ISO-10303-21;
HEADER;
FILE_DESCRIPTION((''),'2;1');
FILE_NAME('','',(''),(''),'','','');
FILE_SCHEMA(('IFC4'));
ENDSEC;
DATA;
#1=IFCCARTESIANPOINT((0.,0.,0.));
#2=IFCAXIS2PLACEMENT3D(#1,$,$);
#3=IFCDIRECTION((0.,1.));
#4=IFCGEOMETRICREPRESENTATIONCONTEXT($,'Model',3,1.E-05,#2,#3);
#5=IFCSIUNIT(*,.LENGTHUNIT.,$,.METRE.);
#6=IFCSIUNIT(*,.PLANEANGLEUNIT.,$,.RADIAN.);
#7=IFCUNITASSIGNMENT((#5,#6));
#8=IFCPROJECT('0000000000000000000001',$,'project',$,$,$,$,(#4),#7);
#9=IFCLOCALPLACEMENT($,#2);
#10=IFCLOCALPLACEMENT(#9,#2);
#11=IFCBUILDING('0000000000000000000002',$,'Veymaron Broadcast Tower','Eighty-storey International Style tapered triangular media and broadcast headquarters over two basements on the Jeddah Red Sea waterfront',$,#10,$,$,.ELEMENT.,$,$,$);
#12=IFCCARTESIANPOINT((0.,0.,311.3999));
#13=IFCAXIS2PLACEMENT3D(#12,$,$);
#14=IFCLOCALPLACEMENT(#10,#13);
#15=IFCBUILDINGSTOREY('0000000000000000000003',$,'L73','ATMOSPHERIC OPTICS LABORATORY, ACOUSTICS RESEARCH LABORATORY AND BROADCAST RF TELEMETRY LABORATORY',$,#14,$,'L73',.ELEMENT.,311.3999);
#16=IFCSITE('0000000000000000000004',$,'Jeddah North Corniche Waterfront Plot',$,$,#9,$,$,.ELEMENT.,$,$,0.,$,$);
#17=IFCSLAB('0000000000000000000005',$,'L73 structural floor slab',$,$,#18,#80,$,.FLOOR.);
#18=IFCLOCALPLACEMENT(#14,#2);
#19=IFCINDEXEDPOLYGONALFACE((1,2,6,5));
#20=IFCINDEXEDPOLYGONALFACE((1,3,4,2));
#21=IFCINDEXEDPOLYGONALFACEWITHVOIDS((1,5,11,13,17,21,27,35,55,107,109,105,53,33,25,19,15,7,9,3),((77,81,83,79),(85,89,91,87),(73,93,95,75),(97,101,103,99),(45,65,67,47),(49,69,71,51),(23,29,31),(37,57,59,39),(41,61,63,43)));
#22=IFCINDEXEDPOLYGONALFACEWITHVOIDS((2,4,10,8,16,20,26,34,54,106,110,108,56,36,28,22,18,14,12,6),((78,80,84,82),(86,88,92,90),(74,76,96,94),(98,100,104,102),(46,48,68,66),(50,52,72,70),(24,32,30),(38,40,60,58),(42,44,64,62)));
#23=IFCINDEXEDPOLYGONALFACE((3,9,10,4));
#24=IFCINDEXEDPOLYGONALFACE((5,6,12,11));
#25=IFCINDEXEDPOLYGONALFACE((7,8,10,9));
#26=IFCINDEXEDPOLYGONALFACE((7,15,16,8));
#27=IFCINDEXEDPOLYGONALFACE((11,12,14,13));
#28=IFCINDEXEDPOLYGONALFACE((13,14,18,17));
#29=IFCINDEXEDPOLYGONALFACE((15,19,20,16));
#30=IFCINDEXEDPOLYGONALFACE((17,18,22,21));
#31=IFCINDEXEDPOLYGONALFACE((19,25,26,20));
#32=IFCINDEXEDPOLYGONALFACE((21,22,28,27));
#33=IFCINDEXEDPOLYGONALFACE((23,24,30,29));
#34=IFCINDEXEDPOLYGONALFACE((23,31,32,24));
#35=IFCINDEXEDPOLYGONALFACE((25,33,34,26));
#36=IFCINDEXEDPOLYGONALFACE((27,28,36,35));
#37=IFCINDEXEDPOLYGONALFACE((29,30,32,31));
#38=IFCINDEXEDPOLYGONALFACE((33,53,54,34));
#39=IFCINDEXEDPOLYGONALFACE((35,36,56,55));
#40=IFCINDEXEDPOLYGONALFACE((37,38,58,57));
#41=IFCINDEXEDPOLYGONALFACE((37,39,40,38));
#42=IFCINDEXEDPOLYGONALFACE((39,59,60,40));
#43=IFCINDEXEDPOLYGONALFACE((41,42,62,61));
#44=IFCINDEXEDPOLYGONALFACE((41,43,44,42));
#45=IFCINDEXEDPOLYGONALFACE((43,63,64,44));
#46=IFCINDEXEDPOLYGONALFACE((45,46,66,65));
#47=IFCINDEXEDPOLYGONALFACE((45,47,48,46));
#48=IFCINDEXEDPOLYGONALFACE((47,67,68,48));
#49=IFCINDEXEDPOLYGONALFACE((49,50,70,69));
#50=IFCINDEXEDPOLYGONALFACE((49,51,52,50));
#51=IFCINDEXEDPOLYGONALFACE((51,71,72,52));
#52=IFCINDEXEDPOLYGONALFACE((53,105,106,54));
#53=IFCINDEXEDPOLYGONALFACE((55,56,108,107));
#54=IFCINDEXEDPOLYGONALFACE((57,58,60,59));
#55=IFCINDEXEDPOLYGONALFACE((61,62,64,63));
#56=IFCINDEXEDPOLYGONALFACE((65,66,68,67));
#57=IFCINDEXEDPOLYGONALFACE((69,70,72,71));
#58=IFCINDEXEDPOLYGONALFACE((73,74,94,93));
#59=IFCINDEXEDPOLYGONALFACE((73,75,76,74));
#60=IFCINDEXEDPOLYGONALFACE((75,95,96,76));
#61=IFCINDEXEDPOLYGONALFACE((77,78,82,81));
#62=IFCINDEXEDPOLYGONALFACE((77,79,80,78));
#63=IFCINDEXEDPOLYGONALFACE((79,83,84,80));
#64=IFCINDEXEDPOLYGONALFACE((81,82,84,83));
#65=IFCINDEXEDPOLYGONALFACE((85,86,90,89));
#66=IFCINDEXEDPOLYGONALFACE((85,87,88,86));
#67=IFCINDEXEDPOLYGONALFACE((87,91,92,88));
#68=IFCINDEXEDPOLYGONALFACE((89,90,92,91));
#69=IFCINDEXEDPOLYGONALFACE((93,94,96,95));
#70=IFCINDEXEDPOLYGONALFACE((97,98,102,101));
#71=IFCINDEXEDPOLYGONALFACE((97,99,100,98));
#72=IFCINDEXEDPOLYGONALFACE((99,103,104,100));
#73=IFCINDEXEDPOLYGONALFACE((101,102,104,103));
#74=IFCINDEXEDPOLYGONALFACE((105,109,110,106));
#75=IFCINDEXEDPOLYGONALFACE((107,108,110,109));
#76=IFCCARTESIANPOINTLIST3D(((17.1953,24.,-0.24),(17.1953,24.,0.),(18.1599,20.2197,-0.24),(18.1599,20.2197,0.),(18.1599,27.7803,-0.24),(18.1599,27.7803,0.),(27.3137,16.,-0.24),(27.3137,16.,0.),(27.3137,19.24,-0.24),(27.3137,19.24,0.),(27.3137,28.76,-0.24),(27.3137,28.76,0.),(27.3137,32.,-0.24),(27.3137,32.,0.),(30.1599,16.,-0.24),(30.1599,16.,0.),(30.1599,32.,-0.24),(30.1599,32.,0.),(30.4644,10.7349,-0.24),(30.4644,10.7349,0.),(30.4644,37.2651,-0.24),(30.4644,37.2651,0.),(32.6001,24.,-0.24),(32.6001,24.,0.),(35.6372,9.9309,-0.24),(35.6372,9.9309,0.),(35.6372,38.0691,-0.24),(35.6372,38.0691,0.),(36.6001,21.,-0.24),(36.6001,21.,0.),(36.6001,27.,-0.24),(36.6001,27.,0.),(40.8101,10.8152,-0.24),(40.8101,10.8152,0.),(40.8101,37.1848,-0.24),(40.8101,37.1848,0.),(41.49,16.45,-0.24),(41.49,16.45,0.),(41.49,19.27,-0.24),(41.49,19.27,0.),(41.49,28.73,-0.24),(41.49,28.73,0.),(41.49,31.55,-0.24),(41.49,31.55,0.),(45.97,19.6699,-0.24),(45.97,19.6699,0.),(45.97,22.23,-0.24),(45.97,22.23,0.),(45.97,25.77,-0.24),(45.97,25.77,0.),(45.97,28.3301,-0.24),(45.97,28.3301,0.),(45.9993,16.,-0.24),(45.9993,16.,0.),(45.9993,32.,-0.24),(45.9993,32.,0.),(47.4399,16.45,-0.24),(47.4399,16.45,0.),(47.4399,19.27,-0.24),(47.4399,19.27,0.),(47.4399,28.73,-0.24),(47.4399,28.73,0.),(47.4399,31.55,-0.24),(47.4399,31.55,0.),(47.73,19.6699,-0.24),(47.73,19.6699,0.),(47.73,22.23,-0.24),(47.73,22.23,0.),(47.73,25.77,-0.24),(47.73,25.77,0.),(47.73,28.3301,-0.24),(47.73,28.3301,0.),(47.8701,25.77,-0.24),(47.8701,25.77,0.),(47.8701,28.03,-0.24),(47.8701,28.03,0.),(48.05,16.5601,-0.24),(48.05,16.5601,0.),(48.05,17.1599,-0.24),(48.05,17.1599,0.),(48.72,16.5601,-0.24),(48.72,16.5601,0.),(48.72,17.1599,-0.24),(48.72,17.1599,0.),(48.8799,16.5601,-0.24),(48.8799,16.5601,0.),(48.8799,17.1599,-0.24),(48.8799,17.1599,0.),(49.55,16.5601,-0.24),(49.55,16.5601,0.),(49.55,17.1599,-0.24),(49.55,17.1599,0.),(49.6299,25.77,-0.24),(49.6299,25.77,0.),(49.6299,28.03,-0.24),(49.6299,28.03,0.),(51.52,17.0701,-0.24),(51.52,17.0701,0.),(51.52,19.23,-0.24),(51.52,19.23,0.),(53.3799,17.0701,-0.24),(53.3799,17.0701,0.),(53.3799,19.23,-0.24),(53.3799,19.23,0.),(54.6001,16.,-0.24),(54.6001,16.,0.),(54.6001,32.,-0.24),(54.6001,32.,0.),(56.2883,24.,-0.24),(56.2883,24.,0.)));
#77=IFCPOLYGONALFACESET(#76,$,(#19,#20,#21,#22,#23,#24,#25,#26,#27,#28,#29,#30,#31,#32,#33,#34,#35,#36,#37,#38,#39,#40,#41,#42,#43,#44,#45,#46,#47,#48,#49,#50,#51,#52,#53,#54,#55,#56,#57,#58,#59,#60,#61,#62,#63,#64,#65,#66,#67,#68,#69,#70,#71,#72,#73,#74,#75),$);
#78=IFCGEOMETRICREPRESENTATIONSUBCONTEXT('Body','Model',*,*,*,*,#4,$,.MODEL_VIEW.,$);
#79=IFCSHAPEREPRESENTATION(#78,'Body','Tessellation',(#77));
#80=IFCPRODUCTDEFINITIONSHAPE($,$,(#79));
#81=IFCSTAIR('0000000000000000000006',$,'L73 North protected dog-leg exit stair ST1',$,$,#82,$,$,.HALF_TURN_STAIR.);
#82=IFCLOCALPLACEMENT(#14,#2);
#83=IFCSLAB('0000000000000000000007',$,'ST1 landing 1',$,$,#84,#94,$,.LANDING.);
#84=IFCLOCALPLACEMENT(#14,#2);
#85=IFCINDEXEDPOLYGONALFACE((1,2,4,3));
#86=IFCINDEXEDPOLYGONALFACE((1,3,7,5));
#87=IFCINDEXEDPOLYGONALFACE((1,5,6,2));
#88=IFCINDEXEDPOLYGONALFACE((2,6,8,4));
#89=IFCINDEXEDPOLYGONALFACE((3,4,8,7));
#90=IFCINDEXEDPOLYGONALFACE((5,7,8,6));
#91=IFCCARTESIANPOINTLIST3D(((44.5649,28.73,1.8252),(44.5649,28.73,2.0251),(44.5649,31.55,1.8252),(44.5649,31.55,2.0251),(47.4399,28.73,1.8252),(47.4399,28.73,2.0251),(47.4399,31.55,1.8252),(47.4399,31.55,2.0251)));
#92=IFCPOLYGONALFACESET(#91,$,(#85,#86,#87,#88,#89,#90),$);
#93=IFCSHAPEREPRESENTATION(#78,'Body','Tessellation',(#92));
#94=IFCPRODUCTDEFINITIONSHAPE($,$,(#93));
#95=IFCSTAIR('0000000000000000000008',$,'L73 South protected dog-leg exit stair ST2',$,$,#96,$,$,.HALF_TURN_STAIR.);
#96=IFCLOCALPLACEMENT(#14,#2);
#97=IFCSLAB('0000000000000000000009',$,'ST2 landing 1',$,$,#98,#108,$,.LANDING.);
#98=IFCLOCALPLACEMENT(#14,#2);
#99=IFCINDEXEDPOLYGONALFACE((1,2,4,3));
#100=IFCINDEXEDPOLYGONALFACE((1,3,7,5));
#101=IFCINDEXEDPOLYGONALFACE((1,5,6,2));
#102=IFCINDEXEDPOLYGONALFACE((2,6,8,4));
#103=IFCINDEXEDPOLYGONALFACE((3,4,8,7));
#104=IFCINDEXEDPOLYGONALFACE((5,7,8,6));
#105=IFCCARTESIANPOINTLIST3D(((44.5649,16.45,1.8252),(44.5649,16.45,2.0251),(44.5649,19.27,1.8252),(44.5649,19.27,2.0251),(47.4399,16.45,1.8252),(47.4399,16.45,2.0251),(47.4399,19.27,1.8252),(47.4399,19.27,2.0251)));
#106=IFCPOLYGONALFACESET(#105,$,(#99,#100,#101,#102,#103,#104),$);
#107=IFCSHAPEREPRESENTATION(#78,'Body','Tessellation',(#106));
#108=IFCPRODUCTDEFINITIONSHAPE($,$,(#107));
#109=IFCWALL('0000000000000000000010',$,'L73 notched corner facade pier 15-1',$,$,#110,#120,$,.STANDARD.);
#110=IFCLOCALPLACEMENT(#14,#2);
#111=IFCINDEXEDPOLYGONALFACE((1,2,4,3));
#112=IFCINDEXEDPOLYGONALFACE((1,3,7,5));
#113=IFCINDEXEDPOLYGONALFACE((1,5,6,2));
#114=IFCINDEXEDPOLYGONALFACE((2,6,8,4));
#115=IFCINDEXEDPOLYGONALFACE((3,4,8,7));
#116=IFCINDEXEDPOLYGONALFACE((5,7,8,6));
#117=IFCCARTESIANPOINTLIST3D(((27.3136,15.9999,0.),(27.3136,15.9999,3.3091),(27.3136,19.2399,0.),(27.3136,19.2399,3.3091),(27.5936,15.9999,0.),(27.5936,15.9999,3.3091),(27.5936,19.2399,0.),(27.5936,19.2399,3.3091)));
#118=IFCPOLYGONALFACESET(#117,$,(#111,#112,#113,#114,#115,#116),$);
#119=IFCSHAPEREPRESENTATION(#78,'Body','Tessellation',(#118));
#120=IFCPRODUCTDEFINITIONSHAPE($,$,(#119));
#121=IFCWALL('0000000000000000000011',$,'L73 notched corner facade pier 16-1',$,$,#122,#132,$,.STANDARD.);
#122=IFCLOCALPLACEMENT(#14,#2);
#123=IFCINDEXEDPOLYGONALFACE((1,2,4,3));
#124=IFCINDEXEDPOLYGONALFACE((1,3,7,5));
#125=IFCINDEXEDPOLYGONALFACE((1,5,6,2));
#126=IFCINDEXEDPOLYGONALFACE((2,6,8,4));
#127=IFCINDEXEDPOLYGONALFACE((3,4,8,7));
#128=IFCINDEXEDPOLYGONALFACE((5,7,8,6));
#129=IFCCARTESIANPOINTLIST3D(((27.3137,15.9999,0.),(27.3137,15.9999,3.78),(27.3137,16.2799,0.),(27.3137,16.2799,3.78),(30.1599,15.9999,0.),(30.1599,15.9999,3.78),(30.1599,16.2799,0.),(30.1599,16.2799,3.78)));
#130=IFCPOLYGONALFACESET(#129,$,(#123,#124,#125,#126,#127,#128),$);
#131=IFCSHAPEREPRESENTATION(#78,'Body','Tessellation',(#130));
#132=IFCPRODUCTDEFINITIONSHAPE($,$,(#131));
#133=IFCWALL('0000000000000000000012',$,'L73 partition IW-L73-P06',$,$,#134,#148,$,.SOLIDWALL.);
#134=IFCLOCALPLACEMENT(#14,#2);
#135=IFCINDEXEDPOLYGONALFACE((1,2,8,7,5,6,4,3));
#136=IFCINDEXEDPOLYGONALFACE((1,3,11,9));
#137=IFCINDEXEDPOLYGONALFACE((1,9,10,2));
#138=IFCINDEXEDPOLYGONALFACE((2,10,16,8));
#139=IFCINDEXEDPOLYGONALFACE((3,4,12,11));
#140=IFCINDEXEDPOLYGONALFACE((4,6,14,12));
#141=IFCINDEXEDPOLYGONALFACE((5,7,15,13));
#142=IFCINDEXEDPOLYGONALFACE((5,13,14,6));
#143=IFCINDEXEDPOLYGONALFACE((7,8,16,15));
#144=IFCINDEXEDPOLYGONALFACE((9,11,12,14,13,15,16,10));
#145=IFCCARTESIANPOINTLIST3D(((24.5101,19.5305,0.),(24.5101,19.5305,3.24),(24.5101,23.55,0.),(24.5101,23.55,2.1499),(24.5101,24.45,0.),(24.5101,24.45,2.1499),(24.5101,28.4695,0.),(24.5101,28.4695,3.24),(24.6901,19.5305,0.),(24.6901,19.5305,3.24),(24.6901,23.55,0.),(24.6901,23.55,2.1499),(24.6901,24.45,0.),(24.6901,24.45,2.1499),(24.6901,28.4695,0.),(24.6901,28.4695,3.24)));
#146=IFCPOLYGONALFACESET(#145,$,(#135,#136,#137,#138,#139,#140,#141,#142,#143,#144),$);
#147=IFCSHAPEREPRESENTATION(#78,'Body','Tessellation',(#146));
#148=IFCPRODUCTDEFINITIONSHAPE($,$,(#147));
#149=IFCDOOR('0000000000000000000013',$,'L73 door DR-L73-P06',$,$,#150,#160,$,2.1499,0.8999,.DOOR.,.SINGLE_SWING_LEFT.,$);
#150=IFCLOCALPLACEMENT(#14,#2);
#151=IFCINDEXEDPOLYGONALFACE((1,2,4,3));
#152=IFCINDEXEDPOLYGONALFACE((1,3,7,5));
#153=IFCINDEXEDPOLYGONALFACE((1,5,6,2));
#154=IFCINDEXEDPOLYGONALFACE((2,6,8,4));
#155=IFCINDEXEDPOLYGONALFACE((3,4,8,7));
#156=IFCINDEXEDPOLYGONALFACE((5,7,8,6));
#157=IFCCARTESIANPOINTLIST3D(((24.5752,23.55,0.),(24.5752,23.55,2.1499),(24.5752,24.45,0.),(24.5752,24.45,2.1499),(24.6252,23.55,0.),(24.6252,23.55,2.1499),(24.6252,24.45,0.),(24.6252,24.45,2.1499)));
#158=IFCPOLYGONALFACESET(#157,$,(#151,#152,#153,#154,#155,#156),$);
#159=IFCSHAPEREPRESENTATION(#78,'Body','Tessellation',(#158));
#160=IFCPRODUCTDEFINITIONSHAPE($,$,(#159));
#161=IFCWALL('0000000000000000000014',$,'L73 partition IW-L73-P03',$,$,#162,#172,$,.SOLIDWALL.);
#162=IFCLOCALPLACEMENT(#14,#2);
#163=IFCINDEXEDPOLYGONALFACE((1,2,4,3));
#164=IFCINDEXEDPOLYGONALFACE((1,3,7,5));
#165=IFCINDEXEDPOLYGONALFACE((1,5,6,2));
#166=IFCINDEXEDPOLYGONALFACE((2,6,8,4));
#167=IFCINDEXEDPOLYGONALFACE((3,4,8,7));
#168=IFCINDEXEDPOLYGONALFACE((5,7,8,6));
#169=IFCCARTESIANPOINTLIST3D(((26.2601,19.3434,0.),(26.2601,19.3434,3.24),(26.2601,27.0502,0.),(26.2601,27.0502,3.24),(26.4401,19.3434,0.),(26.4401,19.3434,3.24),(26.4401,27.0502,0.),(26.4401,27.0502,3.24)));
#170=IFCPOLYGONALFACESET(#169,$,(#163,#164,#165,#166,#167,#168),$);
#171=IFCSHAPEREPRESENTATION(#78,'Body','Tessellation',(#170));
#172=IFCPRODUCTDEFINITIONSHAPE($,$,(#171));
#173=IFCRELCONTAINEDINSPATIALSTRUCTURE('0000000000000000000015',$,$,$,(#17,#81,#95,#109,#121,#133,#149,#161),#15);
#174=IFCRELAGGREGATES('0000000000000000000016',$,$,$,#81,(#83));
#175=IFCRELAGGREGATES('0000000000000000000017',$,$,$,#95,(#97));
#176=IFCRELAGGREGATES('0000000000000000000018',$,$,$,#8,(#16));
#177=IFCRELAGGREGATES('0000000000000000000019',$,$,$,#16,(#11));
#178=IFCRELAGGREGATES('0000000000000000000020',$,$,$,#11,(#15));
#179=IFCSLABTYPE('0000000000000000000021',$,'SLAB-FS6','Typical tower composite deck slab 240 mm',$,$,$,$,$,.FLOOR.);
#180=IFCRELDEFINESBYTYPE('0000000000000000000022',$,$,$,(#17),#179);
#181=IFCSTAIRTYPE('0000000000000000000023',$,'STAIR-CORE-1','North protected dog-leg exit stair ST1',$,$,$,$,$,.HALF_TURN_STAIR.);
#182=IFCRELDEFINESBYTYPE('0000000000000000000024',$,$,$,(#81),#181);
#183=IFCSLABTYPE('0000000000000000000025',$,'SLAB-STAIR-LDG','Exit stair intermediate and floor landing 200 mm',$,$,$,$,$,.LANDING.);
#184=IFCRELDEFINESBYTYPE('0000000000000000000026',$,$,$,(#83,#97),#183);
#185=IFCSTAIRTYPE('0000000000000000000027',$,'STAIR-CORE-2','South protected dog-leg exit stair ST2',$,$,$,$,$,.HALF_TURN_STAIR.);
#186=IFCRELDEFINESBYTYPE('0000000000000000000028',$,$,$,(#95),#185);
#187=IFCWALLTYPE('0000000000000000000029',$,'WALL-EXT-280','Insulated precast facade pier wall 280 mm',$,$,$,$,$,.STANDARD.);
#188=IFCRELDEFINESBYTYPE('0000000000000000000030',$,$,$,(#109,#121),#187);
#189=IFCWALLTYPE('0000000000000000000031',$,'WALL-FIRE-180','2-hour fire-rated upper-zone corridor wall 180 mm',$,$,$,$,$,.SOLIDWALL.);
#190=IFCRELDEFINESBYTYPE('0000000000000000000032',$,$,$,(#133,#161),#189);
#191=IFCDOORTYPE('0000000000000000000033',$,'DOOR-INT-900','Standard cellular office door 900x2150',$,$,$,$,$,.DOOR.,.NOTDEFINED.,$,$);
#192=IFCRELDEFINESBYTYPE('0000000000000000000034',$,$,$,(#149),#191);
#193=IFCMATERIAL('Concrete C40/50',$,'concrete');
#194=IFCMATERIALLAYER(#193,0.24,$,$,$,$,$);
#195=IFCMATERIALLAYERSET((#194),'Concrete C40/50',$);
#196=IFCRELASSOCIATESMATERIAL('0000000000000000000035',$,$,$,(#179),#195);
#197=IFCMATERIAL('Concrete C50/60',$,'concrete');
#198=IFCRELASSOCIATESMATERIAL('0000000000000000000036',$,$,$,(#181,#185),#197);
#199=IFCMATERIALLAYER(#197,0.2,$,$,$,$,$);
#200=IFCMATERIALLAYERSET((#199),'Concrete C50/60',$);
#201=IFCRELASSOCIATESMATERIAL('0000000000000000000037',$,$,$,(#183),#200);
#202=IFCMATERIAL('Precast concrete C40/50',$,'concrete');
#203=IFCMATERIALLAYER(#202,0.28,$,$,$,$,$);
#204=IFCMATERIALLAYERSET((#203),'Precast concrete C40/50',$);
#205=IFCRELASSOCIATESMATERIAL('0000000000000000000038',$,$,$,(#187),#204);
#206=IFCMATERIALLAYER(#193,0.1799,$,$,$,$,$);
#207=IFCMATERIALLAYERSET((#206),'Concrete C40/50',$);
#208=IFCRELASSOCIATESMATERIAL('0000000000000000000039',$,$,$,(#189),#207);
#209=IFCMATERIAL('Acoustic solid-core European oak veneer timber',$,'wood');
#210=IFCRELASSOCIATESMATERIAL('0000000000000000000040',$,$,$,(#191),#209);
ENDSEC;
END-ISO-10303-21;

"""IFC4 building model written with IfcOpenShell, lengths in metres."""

from ifc_helpers import new_model, si_unit, direction, frame, frame_2d, origin, place, context, subcontext, project, spatial, polyline, rectangle, outline, extrude, material, layer, layer_set, type_object, element, fill, aggregate, save


model = new_model("IFC4")

# Units and contexts
model_context = context("Model", 3, precision=1e-05, world=origin(), true_north=direction((0.0, 1.0)))
body_context = subcontext(model_context, "Body", "Model", "MODEL_VIEW")
ifc_project = project(units=[si_unit("LENGTHUNIT", "METRE"), si_unit("PLANEANGLEUNIT", "RADIAN")], contexts=[model_context])

# Site, building, storey
site_placement = place(None, origin())
site = spatial("IfcSite", under=ifc_project, at=site_placement, Name="Jeddah North Corniche Waterfront Plot", CompositionType="ELEMENT", RefElevation=0.0)
building_placement = place(site_placement, origin())
building = spatial("IfcBuilding", under=site, at=building_placement, Name="Veymaron Broadcast Tower", Description="Eighty-storey International Style tapered triangular media and broadcast headquarters over two basements on the Jeddah Red Sea waterfront", CompositionType="ELEMENT")
storey_placement = place(building_placement, frame((0.0, 0.0, 311.3999)))
storey = spatial("IfcBuildingStorey", under=building, at=storey_placement, Name="L73", Description="ATMOSPHERIC OPTICS LABORATORY, ACOUSTICS RESEARCH LABORATORY AND BROADCAST RF TELEMETRY LABORATORY", LongName="L73", CompositionType="ELEMENT", Elevation=311.3999)

# Slab
ifc_material_1 = material(Name="Concrete C40/50", Category="concrete")
ifc_layer_1 = layer(ifc_material_1, 0.24)
ifc_layer_set_1 = layer_set([ifc_layer_1], Name="Concrete C40/50")
slab_type_1 = type_object("IfcSlabType", Name="SLAB-FS6", Description="Typical tower composite deck slab 240 mm", PredefinedType="FLOOR", material=ifc_layer_set_1)
slab_1_placement = place(storey_placement, frame((0.0, 0.0, -0.24)))
element("IfcSlab", 1, at=slab_1_placement, inside=storey, type_object=slab_type_1, Name="L73 structural floor slab", PredefinedType="FLOOR", context=body_context, shape_type="SweptSolid", body=[
    extrude(outline(polyline([(45.9993, 16.0), (54.6001, 16.0), (56.2883, 24.0), (54.6001, 32.0), (45.9993, 32.0), (40.8101, 37.1848), (35.6372, 38.0691), (30.4644, 37.2651), (30.1599, 32.0), (27.3137, 32.0), (27.3137, 28.76), (18.1599, 27.7803), (17.1953, 24.0), (18.1599, 20.2197), (27.3137, 19.24), (27.3137, 16.0), (30.1599, 16.0), (30.4644, 10.7349), (35.6372, 9.9309), (40.8101, 10.8152), (45.9993, 16.0)]), holes=[polyline([(45.97, 28.3301), (47.73, 28.3301), (47.73, 25.77), (45.97, 25.77), (45.97, 28.3301)]), polyline([(45.97, 22.23), (47.73, 22.23), (47.73, 19.6699), (45.97, 19.6699), (45.97, 22.23)]), polyline([(47.8701, 28.03), (49.6299, 28.03), (49.6299, 25.77), (47.8701, 25.77), (47.8701, 28.03)]), polyline([(51.52, 19.23), (53.3799, 19.23), (53.3799, 17.0701), (51.52, 17.0701), (51.52, 19.23)]), polyline([(48.05, 17.1599), (48.72, 17.1599), (48.72, 16.5601), (48.05, 16.5601), (48.05, 17.1599)]), polyline([(48.8799, 17.1599), (49.55, 17.1599), (49.55, 16.5601), (48.8799, 16.5601), (48.8799, 17.1599)]), polyline([(36.6001, 27.0), (36.6001, 21.0), (32.6001, 24.0), (36.6001, 27.0)]), polyline([(41.49, 31.55), (47.4399, 31.55), (47.4399, 28.73), (41.49, 28.73), (41.49, 31.55)]), polyline([(41.49, 19.27), (47.4399, 19.27), (47.4399, 16.45), (41.49, 16.45), (41.49, 19.27)])]), origin(), (0.0, 0.0, 1.0), 0.24),
])

# Stairs, slabs
ifc_material_2 = material(Name="Concrete C50/60", Category="concrete")
stair_type_1 = type_object("IfcStairType", Name="STAIR-CORE-1", Description="North protected dog-leg exit stair ST1", PredefinedType="HALF_TURN_STAIR", material=ifc_material_2)
stair_1_placement = place(storey_placement, origin())
stair_1 = element("IfcStair", 2, at=stair_1_placement, inside=storey, type_object=stair_type_1, Name="L73 North protected dog-leg exit stair ST1", PredefinedType="HALF_TURN_STAIR")
ifc_layer_2 = layer(ifc_material_2, 0.2)
ifc_layer_set_2 = layer_set([ifc_layer_2], Name="Concrete C50/60")
slab_type_2 = type_object("IfcSlabType", Name="SLAB-STAIR-LDG", Description="Exit stair intermediate and floor landing 200 mm", PredefinedType="LANDING", material=ifc_layer_set_2)
slab_2_placement = place(storey_placement, frame((0.0, 0.0, 1.8252)))
slab_2 = element("IfcSlab", 3, at=slab_2_placement, type_object=slab_type_2, Name="ST1 landing 1", PredefinedType="LANDING", context=body_context, shape_type="SweptSolid", body=[
    extrude(outline(polyline([(44.5649, 28.73), (47.4399, 28.73), (47.4399, 31.55), (44.5649, 31.55), (44.5649, 28.73)])), origin(), (0.0, 0.0, 1.0), 0.2),
])
aggregate(stair_1, [slab_2])
stair_type_2 = type_object("IfcStairType", Name="STAIR-CORE-2", Description="South protected dog-leg exit stair ST2", PredefinedType="HALF_TURN_STAIR", material=ifc_material_2)
stair_2_placement = place(storey_placement, origin())
stair_2 = element("IfcStair", 4, at=stair_2_placement, inside=storey, type_object=stair_type_2, Name="L73 South protected dog-leg exit stair ST2", PredefinedType="HALF_TURN_STAIR")
slab_3_placement = place(storey_placement, frame((0.0, 0.0, 1.8252)))
slab_3 = element("IfcSlab", 5, at=slab_3_placement, type_object=slab_type_2, Name="ST2 landing 1", PredefinedType="LANDING", context=body_context, shape_type="SweptSolid", body=[
    extrude(outline(polyline([(44.5649, 16.45), (47.4399, 16.45), (47.4399, 19.27), (44.5649, 19.27), (44.5649, 16.45)])), origin(), (0.0, 0.0, 1.0), 0.2),
])
aggregate(stair_2, [slab_3])

# Walls
ifc_material_3 = material(Name="Precast concrete C40/50", Category="concrete")
ifc_layer_3 = layer(ifc_material_3, 0.28)
ifc_layer_set_3 = layer_set([ifc_layer_3], Name="Precast concrete C40/50")
wall_type_1 = type_object("IfcWallType", Name="WALL-EXT-280", Description="Insulated precast facade pier wall 280 mm", PredefinedType="STANDARD", material=ifc_layer_set_3)
wall_1_placement = place(storey_placement, frame((27.4536, 19.24, 0.0), z_axis=(0.0, 0.0, 1.0), x_axis=(0.0, -1.0, 0.0)))
element("IfcWall", 6, at=wall_1_placement, inside=storey, type_object=wall_type_1, Name="L73 notched corner facade pier 15-1", PredefinedType="STANDARD", context=body_context, shape_type="SweptSolid", body=[
    extrude(rectangle(XDim=3.24, YDim=0.28, at=frame_2d((1.6201, 0.0))), origin(), (0.0, 0.0, 1.0), 3.3091),
])
wall_2_placement = place(storey_placement, frame((27.3137, 16.1399, 0.0), z_axis=(0.0, 0.0, 1.0), x_axis=(1.0, 0.0, 0.0)))
element("IfcWall", 7, at=wall_2_placement, inside=storey, type_object=wall_type_1, Name="L73 notched corner facade pier 16-1", PredefinedType="STANDARD", context=body_context, shape_type="SweptSolid", body=[
    extrude(rectangle(XDim=2.8462, YDim=0.28, at=frame_2d((1.4231, 0.0))), origin(), (0.0, 0.0, 1.0), 3.78),
])

# Wall, opening, door
ifc_layer_4 = layer(ifc_material_1, 0.1799)
ifc_layer_set_4 = layer_set([ifc_layer_4], Name="Concrete C40/50")
wall_type_2 = type_object("IfcWallType", Name="WALL-FIRE-180", Description="2-hour fire-rated upper-zone corridor wall 180 mm", PredefinedType="SOLIDWALL", material=ifc_layer_set_4)
wall_3_placement = place(storey_placement, frame((24.6001, 19.5305, 0.0), z_axis=(0.0, 0.0, 1.0), x_axis=(0.0, 1.0, 0.0)))
wall_3 = element("IfcWall", 8, at=wall_3_placement, inside=storey, type_object=wall_type_2, Name="L73 partition IW-L73-P06", PredefinedType="SOLIDWALL", context=body_context, shape_type="SweptSolid", body=[
    extrude(rectangle(XDim=8.939, YDim=0.1799, at=frame_2d((4.4695, 0.0))), origin(), (0.0, 0.0, 1.0), 3.24),
])
opening_placement = place(wall_3_placement, frame((4.0195, 0.0, 0.0)))
opening = element("IfcOpeningElement", 9, at=opening_placement, cuts=wall_3, PredefinedType="OPENING", context=body_context, shape_type="SweptSolid", body=[
    extrude(rectangle(XDim=0.8999, YDim=2.1499, at=frame_2d((0.45, 1.075))), frame((0.0, 0.1001, 0.0), z_axis=(0.0, -1.0, 0.0), x_axis=(1.0, 0.0, 0.0)), (0.0, 0.0, 1.0), 0.2),
])
ifc_material_4 = material(Name="Acoustic solid-core European oak veneer timber", Category="wood")
door_type = type_object("IfcDoorType", Name="DOOR-INT-900", Description="Standard cellular office door 900x2150", OperationType="NOTDEFINED", PredefinedType="DOOR", material=ifc_material_4)
door_placement = place(opening_placement, origin())
door = element("IfcDoor", 10, at=door_placement, inside=storey, type_object=door_type, Name="L73 door DR-L73-P06", OperationType="SINGLE_SWING_LEFT", OverallHeight=2.1499, OverallWidth=0.8999, PredefinedType="DOOR", context=body_context, shape_type="SweptSolid", body=[
    extrude(rectangle(XDim=0.8999, YDim=2.1499, at=frame_2d((0.45, 1.075))), frame((0.0, 0.0249, 0.0), z_axis=(0.0, -1.0, 0.0), x_axis=(1.0, 0.0, 0.0)), (0.0, 0.0, 1.0), 0.05),
])
fill(opening, door)

# Wall
wall_4_placement = place(storey_placement, frame((26.3501, 19.3433, 0.0), z_axis=(0.0, 0.0, 1.0), x_axis=(0.0, 1.0, 0.0)))
element("IfcWall", 11, at=wall_4_placement, inside=storey, type_object=wall_type_2, Name="L73 partition IW-L73-P03", PredefinedType="SOLIDWALL", context=body_context, shape_type="SweptSolid", body=[
    extrude(rectangle(XDim=7.7068, YDim=0.1799, at=frame_2d((3.8535, 0.0))), origin(), (0.0, 0.0, 1.0), 3.24),
])

save(model, "model.ifc")
